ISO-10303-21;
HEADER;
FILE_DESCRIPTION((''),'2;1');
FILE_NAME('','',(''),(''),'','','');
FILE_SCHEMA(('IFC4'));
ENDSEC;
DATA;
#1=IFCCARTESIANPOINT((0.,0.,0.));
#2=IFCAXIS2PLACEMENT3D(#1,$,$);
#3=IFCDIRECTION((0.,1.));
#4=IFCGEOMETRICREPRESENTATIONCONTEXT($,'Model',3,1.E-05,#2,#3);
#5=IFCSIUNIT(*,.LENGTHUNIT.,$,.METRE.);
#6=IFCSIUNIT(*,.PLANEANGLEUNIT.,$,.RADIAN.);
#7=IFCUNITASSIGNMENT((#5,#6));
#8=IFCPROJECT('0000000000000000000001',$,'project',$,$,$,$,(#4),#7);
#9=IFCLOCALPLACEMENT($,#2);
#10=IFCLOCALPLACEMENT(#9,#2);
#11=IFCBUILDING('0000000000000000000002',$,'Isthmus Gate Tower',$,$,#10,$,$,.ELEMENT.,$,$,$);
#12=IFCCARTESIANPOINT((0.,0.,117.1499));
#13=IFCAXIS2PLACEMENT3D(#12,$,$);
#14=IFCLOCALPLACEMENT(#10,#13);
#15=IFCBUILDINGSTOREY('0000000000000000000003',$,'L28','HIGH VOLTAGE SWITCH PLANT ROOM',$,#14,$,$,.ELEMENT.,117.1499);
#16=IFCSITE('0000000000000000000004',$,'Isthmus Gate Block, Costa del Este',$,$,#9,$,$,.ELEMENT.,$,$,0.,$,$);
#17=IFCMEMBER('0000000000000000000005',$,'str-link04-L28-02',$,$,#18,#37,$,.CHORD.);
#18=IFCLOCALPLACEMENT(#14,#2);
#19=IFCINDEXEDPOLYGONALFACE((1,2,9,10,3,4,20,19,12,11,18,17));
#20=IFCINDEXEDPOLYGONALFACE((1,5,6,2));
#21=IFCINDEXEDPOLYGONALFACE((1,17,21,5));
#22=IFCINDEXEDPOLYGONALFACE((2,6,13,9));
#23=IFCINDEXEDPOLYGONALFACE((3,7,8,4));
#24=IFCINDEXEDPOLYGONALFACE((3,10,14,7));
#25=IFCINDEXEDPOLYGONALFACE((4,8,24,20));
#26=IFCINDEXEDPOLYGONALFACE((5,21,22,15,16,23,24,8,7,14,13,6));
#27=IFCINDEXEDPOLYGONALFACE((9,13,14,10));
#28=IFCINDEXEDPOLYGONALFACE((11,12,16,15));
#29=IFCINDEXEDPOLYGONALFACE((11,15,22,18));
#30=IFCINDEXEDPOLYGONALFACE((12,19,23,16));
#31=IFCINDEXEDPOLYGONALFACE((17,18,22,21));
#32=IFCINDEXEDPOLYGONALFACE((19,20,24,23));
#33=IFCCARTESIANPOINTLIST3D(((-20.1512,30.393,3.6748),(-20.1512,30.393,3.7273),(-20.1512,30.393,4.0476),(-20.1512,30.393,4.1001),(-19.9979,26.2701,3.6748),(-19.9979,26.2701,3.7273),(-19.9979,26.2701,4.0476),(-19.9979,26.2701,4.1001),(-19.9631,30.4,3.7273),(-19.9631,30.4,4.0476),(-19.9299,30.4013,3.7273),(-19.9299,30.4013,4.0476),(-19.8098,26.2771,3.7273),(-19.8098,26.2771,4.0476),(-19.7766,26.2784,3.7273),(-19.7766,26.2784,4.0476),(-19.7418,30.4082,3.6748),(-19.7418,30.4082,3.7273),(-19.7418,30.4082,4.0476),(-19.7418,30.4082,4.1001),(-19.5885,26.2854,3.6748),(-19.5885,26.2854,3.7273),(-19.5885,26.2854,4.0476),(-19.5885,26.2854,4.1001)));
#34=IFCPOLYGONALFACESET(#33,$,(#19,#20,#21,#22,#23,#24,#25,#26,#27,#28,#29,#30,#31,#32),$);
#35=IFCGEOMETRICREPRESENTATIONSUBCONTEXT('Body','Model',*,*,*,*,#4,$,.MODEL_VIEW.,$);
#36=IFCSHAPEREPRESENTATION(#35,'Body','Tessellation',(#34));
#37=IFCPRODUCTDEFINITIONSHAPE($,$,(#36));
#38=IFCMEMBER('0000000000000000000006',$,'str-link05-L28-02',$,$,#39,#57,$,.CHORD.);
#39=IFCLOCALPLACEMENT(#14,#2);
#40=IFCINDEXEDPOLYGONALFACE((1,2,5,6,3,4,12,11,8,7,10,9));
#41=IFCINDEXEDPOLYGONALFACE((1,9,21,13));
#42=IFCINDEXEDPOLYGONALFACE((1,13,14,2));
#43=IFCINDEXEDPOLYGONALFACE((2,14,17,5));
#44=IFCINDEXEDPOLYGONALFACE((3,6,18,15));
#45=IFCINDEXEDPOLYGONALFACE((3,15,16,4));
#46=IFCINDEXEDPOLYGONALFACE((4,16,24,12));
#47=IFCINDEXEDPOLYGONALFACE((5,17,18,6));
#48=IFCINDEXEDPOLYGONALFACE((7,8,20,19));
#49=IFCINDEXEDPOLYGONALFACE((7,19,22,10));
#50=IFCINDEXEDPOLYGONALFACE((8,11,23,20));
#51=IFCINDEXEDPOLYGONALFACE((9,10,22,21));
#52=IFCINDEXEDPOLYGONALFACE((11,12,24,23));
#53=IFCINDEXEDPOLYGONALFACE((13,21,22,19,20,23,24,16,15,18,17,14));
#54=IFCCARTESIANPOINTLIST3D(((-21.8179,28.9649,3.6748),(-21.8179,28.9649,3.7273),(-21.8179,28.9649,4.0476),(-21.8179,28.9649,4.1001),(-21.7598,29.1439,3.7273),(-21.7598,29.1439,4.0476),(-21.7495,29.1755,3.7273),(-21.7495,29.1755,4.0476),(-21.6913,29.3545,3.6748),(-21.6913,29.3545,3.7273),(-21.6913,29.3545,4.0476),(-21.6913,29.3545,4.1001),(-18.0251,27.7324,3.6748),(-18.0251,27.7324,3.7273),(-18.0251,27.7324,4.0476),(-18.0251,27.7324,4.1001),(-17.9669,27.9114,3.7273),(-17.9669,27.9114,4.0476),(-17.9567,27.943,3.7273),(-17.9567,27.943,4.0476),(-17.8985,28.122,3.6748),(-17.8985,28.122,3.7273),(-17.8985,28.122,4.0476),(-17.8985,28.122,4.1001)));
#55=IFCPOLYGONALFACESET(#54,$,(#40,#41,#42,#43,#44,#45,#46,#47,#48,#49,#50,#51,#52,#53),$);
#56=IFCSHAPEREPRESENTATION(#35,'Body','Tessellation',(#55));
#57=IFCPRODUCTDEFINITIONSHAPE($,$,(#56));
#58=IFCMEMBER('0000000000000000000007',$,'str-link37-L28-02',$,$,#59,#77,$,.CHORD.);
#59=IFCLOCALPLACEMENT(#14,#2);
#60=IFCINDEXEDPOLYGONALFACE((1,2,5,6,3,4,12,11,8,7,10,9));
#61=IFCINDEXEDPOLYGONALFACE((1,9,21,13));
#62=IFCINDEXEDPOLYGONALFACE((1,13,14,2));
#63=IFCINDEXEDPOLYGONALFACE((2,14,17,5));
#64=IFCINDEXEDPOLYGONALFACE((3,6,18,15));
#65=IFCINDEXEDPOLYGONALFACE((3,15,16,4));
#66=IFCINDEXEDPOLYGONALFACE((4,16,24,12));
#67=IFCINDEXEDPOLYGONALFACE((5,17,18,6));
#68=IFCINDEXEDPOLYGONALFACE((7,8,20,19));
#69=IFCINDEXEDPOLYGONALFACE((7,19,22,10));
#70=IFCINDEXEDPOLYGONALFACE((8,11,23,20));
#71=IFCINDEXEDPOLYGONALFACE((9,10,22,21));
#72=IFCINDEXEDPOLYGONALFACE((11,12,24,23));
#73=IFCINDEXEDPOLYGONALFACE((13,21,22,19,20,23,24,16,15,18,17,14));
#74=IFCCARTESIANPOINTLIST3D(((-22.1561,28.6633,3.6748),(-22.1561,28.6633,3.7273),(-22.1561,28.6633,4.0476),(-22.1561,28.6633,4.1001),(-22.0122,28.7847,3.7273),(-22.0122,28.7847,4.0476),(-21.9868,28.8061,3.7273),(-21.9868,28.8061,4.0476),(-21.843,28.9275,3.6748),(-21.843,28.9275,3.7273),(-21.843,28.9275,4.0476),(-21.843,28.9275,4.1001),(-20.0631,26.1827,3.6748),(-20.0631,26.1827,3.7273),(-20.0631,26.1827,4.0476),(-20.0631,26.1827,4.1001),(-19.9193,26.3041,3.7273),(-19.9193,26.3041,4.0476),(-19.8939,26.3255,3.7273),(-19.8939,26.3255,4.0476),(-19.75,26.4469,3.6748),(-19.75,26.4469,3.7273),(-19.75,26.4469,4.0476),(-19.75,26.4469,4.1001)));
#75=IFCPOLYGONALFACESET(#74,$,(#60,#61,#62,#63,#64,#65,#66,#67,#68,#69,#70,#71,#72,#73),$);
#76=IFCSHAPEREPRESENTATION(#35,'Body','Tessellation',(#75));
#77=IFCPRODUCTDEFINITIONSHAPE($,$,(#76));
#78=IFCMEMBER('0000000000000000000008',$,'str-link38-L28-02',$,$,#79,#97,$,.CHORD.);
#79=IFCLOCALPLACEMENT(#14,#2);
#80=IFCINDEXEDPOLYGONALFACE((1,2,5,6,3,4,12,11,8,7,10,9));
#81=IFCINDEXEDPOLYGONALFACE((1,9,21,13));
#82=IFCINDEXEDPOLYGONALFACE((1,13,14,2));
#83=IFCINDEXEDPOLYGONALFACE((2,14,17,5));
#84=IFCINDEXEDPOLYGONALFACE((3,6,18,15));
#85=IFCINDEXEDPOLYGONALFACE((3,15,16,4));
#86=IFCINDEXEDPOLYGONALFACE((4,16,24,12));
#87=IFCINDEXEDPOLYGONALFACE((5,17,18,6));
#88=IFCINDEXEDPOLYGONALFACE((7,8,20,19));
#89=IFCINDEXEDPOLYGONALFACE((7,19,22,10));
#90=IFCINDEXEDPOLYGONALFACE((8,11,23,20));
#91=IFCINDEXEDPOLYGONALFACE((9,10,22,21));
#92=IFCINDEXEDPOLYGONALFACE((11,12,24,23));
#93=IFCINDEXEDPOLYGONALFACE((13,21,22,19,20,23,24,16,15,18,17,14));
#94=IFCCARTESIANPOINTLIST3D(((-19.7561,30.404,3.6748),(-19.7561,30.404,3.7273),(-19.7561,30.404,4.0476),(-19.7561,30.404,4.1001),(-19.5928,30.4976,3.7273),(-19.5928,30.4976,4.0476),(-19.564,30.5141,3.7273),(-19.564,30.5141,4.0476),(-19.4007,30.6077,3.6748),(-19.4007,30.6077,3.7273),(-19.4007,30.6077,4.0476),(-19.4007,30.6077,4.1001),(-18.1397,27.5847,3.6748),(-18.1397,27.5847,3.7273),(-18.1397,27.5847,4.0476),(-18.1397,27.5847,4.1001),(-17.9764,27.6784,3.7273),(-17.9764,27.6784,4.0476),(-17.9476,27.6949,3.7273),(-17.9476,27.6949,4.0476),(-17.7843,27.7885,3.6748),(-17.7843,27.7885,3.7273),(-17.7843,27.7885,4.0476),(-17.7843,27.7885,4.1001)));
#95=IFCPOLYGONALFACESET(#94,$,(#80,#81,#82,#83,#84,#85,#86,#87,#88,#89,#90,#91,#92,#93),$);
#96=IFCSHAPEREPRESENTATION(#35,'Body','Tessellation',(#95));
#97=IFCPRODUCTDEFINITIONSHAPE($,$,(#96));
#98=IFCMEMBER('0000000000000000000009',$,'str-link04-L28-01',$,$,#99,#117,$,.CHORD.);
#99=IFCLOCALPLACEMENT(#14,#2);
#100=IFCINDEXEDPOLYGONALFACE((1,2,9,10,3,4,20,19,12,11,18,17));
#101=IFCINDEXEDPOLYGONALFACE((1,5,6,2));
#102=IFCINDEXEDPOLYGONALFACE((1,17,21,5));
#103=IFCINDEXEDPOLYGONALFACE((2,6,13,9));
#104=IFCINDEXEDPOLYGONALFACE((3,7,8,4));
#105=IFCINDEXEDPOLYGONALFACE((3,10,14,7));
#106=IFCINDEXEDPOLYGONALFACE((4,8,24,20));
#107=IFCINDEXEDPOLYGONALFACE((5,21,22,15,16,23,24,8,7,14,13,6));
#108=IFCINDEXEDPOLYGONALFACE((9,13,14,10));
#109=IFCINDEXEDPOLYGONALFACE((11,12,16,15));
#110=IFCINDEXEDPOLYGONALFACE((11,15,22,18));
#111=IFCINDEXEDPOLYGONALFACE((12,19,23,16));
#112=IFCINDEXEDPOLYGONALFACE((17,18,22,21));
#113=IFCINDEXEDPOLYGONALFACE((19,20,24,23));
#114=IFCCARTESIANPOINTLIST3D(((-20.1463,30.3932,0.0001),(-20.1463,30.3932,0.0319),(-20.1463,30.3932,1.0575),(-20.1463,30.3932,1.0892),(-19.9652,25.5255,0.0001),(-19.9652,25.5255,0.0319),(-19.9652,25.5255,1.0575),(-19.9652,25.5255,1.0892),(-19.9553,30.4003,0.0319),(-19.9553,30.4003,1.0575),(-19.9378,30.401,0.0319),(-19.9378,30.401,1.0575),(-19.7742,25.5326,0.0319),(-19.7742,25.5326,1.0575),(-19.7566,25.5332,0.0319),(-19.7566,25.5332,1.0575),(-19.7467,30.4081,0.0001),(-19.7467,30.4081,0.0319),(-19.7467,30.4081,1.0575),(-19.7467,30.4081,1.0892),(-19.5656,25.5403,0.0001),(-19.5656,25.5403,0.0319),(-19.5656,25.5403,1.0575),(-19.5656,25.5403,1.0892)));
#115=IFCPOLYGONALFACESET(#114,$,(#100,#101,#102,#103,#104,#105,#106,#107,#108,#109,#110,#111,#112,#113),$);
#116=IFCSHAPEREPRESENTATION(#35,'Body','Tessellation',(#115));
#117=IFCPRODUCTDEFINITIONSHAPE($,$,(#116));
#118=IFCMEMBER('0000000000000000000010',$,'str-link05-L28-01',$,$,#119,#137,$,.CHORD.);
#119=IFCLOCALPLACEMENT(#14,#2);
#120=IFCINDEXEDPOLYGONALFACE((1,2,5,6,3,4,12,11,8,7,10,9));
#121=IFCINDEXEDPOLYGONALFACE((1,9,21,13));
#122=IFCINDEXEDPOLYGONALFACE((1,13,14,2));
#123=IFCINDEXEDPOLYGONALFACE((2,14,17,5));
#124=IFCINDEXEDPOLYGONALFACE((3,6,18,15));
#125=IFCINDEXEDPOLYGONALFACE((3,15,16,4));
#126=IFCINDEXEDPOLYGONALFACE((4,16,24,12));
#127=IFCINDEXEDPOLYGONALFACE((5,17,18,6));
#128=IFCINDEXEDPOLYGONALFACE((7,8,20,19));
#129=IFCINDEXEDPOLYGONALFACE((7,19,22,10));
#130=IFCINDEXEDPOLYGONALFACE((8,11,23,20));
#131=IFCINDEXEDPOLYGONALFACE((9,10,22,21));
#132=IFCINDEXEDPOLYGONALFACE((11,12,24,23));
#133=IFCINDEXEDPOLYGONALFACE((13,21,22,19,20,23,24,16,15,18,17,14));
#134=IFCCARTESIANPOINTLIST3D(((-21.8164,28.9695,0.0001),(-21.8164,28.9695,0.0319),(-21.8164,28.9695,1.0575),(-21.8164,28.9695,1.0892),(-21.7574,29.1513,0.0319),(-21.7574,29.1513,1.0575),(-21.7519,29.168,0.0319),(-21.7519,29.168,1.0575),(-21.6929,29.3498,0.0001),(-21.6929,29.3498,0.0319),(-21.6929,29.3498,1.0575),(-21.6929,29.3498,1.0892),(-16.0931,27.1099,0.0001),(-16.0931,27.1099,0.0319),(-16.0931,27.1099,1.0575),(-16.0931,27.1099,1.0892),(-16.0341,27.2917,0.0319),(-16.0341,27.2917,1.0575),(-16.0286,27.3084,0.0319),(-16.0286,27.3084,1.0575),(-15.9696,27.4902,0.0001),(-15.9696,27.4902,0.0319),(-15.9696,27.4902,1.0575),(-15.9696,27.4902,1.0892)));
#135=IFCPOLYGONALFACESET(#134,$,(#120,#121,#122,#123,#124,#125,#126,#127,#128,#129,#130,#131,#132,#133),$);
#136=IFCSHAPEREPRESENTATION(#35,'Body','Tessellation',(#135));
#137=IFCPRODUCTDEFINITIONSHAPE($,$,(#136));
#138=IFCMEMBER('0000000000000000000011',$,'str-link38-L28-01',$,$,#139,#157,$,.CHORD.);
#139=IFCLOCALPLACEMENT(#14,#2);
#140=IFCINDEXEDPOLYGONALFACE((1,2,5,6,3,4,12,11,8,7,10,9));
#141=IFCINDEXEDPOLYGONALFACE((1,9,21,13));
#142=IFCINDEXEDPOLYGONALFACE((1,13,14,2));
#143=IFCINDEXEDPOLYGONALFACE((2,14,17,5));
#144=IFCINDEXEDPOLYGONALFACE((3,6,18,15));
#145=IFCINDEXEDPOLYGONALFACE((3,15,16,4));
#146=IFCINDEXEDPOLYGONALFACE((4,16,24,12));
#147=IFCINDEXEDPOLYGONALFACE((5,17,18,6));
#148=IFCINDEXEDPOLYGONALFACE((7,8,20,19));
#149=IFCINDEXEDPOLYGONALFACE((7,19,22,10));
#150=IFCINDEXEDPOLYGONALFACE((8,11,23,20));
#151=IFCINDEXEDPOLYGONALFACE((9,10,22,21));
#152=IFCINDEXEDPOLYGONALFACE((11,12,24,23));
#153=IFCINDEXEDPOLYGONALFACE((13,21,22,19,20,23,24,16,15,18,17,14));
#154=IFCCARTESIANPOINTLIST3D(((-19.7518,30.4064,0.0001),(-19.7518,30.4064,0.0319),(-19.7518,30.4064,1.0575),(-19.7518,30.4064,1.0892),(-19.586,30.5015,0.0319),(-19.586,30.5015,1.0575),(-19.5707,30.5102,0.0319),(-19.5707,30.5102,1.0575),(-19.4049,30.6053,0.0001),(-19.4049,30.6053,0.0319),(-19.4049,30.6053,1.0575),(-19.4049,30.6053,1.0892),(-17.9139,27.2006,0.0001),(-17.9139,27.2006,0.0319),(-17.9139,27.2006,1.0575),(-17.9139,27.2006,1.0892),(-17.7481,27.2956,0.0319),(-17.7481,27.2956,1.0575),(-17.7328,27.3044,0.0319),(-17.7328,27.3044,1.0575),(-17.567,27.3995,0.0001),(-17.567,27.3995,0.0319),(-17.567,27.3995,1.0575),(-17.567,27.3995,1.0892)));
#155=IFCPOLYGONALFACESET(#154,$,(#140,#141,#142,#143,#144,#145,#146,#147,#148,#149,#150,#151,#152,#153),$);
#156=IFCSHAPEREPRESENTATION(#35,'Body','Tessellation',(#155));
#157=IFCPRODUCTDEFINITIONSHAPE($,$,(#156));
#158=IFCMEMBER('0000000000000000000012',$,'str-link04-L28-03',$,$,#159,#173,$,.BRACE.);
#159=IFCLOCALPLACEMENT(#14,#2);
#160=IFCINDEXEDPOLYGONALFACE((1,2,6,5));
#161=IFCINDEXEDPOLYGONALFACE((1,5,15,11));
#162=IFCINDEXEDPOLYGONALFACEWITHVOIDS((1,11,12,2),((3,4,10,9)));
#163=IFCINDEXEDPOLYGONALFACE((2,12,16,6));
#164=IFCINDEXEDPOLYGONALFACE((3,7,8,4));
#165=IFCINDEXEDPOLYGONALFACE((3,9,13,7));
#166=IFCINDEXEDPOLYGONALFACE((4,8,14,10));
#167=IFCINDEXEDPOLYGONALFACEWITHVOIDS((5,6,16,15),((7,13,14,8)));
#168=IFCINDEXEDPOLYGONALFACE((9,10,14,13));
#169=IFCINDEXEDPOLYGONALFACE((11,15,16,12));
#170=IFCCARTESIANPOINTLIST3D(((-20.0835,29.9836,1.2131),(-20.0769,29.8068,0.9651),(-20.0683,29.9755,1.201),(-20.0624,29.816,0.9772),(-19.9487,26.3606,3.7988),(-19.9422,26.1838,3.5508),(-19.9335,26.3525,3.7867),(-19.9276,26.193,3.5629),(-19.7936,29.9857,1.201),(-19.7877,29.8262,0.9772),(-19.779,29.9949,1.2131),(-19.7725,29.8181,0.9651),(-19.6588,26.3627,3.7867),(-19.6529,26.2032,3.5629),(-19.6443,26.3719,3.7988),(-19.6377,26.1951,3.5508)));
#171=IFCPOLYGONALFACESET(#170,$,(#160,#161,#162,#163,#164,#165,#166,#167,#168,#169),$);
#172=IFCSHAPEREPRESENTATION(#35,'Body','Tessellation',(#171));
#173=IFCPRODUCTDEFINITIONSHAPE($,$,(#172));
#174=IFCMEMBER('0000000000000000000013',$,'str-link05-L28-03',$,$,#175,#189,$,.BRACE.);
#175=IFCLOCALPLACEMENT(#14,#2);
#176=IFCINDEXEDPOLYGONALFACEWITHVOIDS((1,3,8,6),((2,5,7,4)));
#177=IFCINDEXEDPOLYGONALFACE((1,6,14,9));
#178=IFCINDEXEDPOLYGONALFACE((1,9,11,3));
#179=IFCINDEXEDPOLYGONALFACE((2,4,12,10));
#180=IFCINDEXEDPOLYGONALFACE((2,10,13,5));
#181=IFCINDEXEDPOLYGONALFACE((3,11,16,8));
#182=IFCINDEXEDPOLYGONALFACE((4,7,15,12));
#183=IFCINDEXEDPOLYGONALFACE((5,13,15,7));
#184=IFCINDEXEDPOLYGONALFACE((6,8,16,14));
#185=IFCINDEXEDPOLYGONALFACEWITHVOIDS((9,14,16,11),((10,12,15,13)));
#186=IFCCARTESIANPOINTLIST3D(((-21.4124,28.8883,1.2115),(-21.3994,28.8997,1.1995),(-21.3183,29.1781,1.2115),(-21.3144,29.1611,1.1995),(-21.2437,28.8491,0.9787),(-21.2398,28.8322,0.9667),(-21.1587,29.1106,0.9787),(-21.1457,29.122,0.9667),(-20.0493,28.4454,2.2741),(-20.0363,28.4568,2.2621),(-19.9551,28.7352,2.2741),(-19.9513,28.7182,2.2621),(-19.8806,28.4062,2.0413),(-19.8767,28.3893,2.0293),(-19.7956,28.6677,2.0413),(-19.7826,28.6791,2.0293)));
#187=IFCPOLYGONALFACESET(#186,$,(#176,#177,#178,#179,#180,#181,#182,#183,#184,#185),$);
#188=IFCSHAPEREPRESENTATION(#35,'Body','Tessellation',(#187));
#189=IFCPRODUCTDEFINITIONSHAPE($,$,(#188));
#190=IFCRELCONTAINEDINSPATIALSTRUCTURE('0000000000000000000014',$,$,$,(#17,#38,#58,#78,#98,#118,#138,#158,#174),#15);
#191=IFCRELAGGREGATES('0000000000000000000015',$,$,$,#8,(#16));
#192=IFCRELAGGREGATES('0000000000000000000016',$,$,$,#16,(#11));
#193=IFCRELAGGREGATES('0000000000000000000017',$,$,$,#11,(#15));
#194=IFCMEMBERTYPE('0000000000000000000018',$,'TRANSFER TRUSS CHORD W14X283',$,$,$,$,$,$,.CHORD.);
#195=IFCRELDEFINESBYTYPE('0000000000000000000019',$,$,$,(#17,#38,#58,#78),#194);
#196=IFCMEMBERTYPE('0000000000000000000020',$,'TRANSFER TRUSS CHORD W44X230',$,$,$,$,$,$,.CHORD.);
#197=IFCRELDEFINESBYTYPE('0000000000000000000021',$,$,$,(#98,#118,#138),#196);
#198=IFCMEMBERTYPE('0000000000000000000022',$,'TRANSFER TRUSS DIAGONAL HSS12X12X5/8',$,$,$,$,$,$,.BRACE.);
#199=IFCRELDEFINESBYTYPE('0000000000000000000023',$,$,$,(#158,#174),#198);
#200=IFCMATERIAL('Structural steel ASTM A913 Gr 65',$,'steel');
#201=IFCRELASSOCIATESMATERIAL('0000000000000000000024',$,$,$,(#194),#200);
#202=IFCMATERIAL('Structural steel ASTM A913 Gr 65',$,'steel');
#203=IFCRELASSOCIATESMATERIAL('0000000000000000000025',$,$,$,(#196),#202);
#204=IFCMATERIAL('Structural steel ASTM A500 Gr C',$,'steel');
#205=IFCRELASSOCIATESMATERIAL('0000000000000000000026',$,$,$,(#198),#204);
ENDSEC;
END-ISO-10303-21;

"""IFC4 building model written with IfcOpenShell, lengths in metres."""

from ifc_helpers import new_model, si_unit, direction, frame, origin, origin_2d, place, context, subcontext, project, spatial, hollow_rectangle, i_section, extrude, material, material_profile, profile_set, type_object, element, save


model = new_model("IFC4")

# Units and contexts
model_context = context("Model", 3, precision=1e-05, world=origin(), true_north=direction((0.0, 1.0)))
body_context = subcontext(model_context, "Body", "Model", "MODEL_VIEW")
ifc_project = project(units=[si_unit("LENGTHUNIT", "METRE"), si_unit("PLANEANGLEUNIT", "RADIAN")], contexts=[model_context])

# Site, building, storey
site_placement = place(None, origin())
site = spatial("IfcSite", under=ifc_project, at=site_placement, Name="Isthmus Gate Block, Costa del Este", CompositionType="ELEMENT", RefElevation=0.0)
building_placement = place(site_placement, origin())
building = spatial("IfcBuilding", under=site, at=building_placement, Name="Isthmus Gate Tower", CompositionType="ELEMENT")
storey_placement = place(building_placement, frame((0.0, 0.0, 117.1499)))
storey = spatial("IfcBuildingStorey", under=building, at=storey_placement, Name="L28", Description="HIGH VOLTAGE SWITCH PLANT ROOM", CompositionType="ELEMENT", Elevation=117.1499)

# Members
ifc_material_1 = material(Name="Structural steel ASTM A913 Gr 65", Category="steel")
ifc_material_profile_1 = material_profile(ifc_material_1, i_section(OverallWidth=0.4097, OverallDepth=0.4253, WebThickness=0.0332, FlangeThickness=0.0525, at=origin_2d()), Name="W14X283")
ifc_profile_set_1 = profile_set([ifc_material_profile_1], Name="Structural steel ASTM A913 Gr 65")
member_type_1 = type_object("IfcMemberType", Name="TRANSFER TRUSS CHORD W14X283", PredefinedType="CHORD", material=ifc_profile_set_1)
member_1_placement = place(storey_placement, frame((-19.9465, 30.4006, 3.8875), z_axis=(0.037163, -0.999309, 0.0), x_axis=(0.999309, 0.037163, 0.0)))
element("IfcMember", 1, at=member_1_placement, inside=storey, type_object=member_type_1, Name="str-link04-L28-02", PredefinedType="CHORD", context=body_context, shape_type="SweptSolid", body=[
    extrude(i_section(OverallWidth=0.4097, OverallDepth=0.4253, WebThickness=0.0332, FlangeThickness=0.0525, at=origin_2d()), origin(), (0.0, 0.0, 1.0), 4.1257),
])
member_2_placement = place(storey_placement, frame((-21.7546, 29.1597, 3.8875), z_axis=(0.95105, -0.309038, 0.0), x_axis=(0.309038, 0.95105, 0.0)))
element("IfcMember", 2, at=member_2_placement, inside=storey, type_object=member_type_1, Name="str-link05-L28-02", PredefinedType="CHORD", context=body_context, shape_type="SweptSolid", body=[
    extrude(i_section(OverallWidth=0.4097, OverallDepth=0.4253, WebThickness=0.0332, FlangeThickness=0.0525, at=origin_2d()), origin(), (0.0, 0.0, 1.0), 3.988),
])
member_3_placement = place(storey_placement, frame((-21.9995, 28.7954, 3.8875), z_axis=(0.644856, -0.764304, 0.0), x_axis=(0.764304, 0.644856, 0.0)))
element("IfcMember", 3, at=member_3_placement, inside=storey, type_object=member_type_1, Name="str-link37-L28-02", PredefinedType="CHORD", context=body_context, shape_type="SweptSolid", body=[
    extrude(i_section(OverallWidth=0.4097, OverallDepth=0.4253, WebThickness=0.0332, FlangeThickness=0.0525, at=origin_2d()), origin(), (0.0, 0.0, 1.0), 3.2456),
])
member_4_placement = place(storey_placement, frame((-19.5784, 30.5059, 3.8875), z_axis=(0.497392, -0.867526, 0.0), x_axis=(0.867526, 0.497392, 0.0)))
element("IfcMember", 4, at=member_4_placement, inside=storey, type_object=member_type_1, Name="str-link38-L28-02", PredefinedType="CHORD", context=body_context, shape_type="SweptSolid", body=[
    extrude(i_section(OverallWidth=0.4097, OverallDepth=0.4253, WebThickness=0.0332, FlangeThickness=0.0525, at=origin_2d()), origin(), (0.0, 0.0, 1.0), 3.2498),
])
ifc_material_2 = material(Name="Structural steel ASTM A913 Gr 65", Category="steel")
ifc_material_profile_2 = material_profile(ifc_material_2, i_section(OverallWidth=0.3999, OverallDepth=1.0891, WebThickness=0.0176, FlangeThickness=0.0317, at=origin_2d()), Name="W44X230")
ifc_profile_set_2 = profile_set([ifc_material_profile_2], Name="Structural steel ASTM A913 Gr 65")
member_type_2 = type_object("IfcMemberType", Name="TRANSFER TRUSS CHORD W44X230", PredefinedType="CHORD", material=ifc_profile_set_2)
member_5_placement = place(storey_placement, frame((-19.9465, 30.4006, 0.5447), z_axis=(0.03719, -0.999308, 0.0), x_axis=(0.999308, 0.03719, 0.0)))
element("IfcMember", 5, at=member_5_placement, inside=storey, type_object=member_type_2, Name="str-link04-L28-01", PredefinedType="CHORD", context=body_context, shape_type="SweptSolid", body=[
    extrude(i_section(OverallWidth=0.3999, OverallDepth=1.0891, WebThickness=0.0176, FlangeThickness=0.0317, at=origin_2d()), origin(), (0.0, 0.0, 1.0), 4.8711),
])
member_6_placement = place(storey_placement, frame((-21.7546, 29.1597, 0.5447), z_axis=(0.951058, -0.309014, 0.0), x_axis=(0.309014, 0.951058, 0.0)))
element("IfcMember", 6, at=member_6_placement, inside=storey, type_object=member_type_2, Name="str-link05-L28-01", PredefinedType="CHORD", context=body_context, shape_type="SweptSolid", body=[
    extrude(i_section(OverallWidth=0.3999, OverallDepth=1.0891, WebThickness=0.0176, FlangeThickness=0.0317, at=origin_2d()), origin(), (0.0, 0.0, 1.0), 6.0178),
])
member_7_placement = place(storey_placement, frame((-19.5784, 30.5059, 0.5447), z_axis=(0.497362, -0.867543, 0.0), x_axis=(0.867543, 0.497362, 0.0)))
element("IfcMember", 7, at=member_7_placement, inside=storey, type_object=member_type_2, Name="str-link38-L28-01", PredefinedType="CHORD", context=body_context, shape_type="SweptSolid", body=[
    extrude(i_section(OverallWidth=0.3999, OverallDepth=1.0891, WebThickness=0.0176, FlangeThickness=0.0317, at=origin_2d()), origin(), (0.0, 0.0, 1.0), 3.6953),
])
ifc_material_3 = material(Name="Structural steel ASTM A500 Gr C", Category="steel")
ifc_material_profile_3 = material_profile(ifc_material_3, hollow_rectangle(XDim=0.3047, YDim=0.3047, WallThickness=0.0149, at=origin_2d()), Name="HSS12X12X5/8")
ifc_profile_set_3 = profile_set([ifc_material_profile_3], Name="Structural steel ASTM A500 Gr C")
member_type_3 = type_object("IfcMemberType", Name="TRANSFER TRUSS DIAGONAL HSS12X12X5/8", PredefinedType="BRACE", material=ifc_profile_set_3)
member_8_placement = place(storey_placement, frame((-19.928, 29.9009, 1.0891), z_axis=(0.030263, -0.813594, 0.580645), x_axis=(0.999309, 0.037171, 0.0)))
element("IfcMember", 8, at=member_8_placement, inside=storey, type_object=member_type_3, Name="str-link04-L28-03", PredefinedType="BRACE", context=body_context, shape_type="SweptSolid", body=[
    extrude(hollow_rectangle(XDim=0.3047, YDim=0.3047, WallThickness=0.0149, at=origin_2d()), origin(), (0.0, 0.0, 1.0), 4.4531),
])
member_9_placement = place(storey_placement, frame((-21.2791, 29.0051, 1.0891), z_axis=(0.764004, -0.248236, 0.595548), x_axis=(0.309013, 0.951058, 0.0)))
element("IfcMember", 9, at=member_9_placement, inside=storey, type_object=member_type_3, Name="str-link05-L28-03", PredefinedType="BRACE", context=body_context, shape_type="SweptSolid", body=[
    extrude(hollow_rectangle(XDim=0.3047, YDim=0.3047, WallThickness=0.0149, at=origin_2d()), origin(), (0.0, 0.0, 1.0), 1.7842),
])

save(model, "model.ifc")
